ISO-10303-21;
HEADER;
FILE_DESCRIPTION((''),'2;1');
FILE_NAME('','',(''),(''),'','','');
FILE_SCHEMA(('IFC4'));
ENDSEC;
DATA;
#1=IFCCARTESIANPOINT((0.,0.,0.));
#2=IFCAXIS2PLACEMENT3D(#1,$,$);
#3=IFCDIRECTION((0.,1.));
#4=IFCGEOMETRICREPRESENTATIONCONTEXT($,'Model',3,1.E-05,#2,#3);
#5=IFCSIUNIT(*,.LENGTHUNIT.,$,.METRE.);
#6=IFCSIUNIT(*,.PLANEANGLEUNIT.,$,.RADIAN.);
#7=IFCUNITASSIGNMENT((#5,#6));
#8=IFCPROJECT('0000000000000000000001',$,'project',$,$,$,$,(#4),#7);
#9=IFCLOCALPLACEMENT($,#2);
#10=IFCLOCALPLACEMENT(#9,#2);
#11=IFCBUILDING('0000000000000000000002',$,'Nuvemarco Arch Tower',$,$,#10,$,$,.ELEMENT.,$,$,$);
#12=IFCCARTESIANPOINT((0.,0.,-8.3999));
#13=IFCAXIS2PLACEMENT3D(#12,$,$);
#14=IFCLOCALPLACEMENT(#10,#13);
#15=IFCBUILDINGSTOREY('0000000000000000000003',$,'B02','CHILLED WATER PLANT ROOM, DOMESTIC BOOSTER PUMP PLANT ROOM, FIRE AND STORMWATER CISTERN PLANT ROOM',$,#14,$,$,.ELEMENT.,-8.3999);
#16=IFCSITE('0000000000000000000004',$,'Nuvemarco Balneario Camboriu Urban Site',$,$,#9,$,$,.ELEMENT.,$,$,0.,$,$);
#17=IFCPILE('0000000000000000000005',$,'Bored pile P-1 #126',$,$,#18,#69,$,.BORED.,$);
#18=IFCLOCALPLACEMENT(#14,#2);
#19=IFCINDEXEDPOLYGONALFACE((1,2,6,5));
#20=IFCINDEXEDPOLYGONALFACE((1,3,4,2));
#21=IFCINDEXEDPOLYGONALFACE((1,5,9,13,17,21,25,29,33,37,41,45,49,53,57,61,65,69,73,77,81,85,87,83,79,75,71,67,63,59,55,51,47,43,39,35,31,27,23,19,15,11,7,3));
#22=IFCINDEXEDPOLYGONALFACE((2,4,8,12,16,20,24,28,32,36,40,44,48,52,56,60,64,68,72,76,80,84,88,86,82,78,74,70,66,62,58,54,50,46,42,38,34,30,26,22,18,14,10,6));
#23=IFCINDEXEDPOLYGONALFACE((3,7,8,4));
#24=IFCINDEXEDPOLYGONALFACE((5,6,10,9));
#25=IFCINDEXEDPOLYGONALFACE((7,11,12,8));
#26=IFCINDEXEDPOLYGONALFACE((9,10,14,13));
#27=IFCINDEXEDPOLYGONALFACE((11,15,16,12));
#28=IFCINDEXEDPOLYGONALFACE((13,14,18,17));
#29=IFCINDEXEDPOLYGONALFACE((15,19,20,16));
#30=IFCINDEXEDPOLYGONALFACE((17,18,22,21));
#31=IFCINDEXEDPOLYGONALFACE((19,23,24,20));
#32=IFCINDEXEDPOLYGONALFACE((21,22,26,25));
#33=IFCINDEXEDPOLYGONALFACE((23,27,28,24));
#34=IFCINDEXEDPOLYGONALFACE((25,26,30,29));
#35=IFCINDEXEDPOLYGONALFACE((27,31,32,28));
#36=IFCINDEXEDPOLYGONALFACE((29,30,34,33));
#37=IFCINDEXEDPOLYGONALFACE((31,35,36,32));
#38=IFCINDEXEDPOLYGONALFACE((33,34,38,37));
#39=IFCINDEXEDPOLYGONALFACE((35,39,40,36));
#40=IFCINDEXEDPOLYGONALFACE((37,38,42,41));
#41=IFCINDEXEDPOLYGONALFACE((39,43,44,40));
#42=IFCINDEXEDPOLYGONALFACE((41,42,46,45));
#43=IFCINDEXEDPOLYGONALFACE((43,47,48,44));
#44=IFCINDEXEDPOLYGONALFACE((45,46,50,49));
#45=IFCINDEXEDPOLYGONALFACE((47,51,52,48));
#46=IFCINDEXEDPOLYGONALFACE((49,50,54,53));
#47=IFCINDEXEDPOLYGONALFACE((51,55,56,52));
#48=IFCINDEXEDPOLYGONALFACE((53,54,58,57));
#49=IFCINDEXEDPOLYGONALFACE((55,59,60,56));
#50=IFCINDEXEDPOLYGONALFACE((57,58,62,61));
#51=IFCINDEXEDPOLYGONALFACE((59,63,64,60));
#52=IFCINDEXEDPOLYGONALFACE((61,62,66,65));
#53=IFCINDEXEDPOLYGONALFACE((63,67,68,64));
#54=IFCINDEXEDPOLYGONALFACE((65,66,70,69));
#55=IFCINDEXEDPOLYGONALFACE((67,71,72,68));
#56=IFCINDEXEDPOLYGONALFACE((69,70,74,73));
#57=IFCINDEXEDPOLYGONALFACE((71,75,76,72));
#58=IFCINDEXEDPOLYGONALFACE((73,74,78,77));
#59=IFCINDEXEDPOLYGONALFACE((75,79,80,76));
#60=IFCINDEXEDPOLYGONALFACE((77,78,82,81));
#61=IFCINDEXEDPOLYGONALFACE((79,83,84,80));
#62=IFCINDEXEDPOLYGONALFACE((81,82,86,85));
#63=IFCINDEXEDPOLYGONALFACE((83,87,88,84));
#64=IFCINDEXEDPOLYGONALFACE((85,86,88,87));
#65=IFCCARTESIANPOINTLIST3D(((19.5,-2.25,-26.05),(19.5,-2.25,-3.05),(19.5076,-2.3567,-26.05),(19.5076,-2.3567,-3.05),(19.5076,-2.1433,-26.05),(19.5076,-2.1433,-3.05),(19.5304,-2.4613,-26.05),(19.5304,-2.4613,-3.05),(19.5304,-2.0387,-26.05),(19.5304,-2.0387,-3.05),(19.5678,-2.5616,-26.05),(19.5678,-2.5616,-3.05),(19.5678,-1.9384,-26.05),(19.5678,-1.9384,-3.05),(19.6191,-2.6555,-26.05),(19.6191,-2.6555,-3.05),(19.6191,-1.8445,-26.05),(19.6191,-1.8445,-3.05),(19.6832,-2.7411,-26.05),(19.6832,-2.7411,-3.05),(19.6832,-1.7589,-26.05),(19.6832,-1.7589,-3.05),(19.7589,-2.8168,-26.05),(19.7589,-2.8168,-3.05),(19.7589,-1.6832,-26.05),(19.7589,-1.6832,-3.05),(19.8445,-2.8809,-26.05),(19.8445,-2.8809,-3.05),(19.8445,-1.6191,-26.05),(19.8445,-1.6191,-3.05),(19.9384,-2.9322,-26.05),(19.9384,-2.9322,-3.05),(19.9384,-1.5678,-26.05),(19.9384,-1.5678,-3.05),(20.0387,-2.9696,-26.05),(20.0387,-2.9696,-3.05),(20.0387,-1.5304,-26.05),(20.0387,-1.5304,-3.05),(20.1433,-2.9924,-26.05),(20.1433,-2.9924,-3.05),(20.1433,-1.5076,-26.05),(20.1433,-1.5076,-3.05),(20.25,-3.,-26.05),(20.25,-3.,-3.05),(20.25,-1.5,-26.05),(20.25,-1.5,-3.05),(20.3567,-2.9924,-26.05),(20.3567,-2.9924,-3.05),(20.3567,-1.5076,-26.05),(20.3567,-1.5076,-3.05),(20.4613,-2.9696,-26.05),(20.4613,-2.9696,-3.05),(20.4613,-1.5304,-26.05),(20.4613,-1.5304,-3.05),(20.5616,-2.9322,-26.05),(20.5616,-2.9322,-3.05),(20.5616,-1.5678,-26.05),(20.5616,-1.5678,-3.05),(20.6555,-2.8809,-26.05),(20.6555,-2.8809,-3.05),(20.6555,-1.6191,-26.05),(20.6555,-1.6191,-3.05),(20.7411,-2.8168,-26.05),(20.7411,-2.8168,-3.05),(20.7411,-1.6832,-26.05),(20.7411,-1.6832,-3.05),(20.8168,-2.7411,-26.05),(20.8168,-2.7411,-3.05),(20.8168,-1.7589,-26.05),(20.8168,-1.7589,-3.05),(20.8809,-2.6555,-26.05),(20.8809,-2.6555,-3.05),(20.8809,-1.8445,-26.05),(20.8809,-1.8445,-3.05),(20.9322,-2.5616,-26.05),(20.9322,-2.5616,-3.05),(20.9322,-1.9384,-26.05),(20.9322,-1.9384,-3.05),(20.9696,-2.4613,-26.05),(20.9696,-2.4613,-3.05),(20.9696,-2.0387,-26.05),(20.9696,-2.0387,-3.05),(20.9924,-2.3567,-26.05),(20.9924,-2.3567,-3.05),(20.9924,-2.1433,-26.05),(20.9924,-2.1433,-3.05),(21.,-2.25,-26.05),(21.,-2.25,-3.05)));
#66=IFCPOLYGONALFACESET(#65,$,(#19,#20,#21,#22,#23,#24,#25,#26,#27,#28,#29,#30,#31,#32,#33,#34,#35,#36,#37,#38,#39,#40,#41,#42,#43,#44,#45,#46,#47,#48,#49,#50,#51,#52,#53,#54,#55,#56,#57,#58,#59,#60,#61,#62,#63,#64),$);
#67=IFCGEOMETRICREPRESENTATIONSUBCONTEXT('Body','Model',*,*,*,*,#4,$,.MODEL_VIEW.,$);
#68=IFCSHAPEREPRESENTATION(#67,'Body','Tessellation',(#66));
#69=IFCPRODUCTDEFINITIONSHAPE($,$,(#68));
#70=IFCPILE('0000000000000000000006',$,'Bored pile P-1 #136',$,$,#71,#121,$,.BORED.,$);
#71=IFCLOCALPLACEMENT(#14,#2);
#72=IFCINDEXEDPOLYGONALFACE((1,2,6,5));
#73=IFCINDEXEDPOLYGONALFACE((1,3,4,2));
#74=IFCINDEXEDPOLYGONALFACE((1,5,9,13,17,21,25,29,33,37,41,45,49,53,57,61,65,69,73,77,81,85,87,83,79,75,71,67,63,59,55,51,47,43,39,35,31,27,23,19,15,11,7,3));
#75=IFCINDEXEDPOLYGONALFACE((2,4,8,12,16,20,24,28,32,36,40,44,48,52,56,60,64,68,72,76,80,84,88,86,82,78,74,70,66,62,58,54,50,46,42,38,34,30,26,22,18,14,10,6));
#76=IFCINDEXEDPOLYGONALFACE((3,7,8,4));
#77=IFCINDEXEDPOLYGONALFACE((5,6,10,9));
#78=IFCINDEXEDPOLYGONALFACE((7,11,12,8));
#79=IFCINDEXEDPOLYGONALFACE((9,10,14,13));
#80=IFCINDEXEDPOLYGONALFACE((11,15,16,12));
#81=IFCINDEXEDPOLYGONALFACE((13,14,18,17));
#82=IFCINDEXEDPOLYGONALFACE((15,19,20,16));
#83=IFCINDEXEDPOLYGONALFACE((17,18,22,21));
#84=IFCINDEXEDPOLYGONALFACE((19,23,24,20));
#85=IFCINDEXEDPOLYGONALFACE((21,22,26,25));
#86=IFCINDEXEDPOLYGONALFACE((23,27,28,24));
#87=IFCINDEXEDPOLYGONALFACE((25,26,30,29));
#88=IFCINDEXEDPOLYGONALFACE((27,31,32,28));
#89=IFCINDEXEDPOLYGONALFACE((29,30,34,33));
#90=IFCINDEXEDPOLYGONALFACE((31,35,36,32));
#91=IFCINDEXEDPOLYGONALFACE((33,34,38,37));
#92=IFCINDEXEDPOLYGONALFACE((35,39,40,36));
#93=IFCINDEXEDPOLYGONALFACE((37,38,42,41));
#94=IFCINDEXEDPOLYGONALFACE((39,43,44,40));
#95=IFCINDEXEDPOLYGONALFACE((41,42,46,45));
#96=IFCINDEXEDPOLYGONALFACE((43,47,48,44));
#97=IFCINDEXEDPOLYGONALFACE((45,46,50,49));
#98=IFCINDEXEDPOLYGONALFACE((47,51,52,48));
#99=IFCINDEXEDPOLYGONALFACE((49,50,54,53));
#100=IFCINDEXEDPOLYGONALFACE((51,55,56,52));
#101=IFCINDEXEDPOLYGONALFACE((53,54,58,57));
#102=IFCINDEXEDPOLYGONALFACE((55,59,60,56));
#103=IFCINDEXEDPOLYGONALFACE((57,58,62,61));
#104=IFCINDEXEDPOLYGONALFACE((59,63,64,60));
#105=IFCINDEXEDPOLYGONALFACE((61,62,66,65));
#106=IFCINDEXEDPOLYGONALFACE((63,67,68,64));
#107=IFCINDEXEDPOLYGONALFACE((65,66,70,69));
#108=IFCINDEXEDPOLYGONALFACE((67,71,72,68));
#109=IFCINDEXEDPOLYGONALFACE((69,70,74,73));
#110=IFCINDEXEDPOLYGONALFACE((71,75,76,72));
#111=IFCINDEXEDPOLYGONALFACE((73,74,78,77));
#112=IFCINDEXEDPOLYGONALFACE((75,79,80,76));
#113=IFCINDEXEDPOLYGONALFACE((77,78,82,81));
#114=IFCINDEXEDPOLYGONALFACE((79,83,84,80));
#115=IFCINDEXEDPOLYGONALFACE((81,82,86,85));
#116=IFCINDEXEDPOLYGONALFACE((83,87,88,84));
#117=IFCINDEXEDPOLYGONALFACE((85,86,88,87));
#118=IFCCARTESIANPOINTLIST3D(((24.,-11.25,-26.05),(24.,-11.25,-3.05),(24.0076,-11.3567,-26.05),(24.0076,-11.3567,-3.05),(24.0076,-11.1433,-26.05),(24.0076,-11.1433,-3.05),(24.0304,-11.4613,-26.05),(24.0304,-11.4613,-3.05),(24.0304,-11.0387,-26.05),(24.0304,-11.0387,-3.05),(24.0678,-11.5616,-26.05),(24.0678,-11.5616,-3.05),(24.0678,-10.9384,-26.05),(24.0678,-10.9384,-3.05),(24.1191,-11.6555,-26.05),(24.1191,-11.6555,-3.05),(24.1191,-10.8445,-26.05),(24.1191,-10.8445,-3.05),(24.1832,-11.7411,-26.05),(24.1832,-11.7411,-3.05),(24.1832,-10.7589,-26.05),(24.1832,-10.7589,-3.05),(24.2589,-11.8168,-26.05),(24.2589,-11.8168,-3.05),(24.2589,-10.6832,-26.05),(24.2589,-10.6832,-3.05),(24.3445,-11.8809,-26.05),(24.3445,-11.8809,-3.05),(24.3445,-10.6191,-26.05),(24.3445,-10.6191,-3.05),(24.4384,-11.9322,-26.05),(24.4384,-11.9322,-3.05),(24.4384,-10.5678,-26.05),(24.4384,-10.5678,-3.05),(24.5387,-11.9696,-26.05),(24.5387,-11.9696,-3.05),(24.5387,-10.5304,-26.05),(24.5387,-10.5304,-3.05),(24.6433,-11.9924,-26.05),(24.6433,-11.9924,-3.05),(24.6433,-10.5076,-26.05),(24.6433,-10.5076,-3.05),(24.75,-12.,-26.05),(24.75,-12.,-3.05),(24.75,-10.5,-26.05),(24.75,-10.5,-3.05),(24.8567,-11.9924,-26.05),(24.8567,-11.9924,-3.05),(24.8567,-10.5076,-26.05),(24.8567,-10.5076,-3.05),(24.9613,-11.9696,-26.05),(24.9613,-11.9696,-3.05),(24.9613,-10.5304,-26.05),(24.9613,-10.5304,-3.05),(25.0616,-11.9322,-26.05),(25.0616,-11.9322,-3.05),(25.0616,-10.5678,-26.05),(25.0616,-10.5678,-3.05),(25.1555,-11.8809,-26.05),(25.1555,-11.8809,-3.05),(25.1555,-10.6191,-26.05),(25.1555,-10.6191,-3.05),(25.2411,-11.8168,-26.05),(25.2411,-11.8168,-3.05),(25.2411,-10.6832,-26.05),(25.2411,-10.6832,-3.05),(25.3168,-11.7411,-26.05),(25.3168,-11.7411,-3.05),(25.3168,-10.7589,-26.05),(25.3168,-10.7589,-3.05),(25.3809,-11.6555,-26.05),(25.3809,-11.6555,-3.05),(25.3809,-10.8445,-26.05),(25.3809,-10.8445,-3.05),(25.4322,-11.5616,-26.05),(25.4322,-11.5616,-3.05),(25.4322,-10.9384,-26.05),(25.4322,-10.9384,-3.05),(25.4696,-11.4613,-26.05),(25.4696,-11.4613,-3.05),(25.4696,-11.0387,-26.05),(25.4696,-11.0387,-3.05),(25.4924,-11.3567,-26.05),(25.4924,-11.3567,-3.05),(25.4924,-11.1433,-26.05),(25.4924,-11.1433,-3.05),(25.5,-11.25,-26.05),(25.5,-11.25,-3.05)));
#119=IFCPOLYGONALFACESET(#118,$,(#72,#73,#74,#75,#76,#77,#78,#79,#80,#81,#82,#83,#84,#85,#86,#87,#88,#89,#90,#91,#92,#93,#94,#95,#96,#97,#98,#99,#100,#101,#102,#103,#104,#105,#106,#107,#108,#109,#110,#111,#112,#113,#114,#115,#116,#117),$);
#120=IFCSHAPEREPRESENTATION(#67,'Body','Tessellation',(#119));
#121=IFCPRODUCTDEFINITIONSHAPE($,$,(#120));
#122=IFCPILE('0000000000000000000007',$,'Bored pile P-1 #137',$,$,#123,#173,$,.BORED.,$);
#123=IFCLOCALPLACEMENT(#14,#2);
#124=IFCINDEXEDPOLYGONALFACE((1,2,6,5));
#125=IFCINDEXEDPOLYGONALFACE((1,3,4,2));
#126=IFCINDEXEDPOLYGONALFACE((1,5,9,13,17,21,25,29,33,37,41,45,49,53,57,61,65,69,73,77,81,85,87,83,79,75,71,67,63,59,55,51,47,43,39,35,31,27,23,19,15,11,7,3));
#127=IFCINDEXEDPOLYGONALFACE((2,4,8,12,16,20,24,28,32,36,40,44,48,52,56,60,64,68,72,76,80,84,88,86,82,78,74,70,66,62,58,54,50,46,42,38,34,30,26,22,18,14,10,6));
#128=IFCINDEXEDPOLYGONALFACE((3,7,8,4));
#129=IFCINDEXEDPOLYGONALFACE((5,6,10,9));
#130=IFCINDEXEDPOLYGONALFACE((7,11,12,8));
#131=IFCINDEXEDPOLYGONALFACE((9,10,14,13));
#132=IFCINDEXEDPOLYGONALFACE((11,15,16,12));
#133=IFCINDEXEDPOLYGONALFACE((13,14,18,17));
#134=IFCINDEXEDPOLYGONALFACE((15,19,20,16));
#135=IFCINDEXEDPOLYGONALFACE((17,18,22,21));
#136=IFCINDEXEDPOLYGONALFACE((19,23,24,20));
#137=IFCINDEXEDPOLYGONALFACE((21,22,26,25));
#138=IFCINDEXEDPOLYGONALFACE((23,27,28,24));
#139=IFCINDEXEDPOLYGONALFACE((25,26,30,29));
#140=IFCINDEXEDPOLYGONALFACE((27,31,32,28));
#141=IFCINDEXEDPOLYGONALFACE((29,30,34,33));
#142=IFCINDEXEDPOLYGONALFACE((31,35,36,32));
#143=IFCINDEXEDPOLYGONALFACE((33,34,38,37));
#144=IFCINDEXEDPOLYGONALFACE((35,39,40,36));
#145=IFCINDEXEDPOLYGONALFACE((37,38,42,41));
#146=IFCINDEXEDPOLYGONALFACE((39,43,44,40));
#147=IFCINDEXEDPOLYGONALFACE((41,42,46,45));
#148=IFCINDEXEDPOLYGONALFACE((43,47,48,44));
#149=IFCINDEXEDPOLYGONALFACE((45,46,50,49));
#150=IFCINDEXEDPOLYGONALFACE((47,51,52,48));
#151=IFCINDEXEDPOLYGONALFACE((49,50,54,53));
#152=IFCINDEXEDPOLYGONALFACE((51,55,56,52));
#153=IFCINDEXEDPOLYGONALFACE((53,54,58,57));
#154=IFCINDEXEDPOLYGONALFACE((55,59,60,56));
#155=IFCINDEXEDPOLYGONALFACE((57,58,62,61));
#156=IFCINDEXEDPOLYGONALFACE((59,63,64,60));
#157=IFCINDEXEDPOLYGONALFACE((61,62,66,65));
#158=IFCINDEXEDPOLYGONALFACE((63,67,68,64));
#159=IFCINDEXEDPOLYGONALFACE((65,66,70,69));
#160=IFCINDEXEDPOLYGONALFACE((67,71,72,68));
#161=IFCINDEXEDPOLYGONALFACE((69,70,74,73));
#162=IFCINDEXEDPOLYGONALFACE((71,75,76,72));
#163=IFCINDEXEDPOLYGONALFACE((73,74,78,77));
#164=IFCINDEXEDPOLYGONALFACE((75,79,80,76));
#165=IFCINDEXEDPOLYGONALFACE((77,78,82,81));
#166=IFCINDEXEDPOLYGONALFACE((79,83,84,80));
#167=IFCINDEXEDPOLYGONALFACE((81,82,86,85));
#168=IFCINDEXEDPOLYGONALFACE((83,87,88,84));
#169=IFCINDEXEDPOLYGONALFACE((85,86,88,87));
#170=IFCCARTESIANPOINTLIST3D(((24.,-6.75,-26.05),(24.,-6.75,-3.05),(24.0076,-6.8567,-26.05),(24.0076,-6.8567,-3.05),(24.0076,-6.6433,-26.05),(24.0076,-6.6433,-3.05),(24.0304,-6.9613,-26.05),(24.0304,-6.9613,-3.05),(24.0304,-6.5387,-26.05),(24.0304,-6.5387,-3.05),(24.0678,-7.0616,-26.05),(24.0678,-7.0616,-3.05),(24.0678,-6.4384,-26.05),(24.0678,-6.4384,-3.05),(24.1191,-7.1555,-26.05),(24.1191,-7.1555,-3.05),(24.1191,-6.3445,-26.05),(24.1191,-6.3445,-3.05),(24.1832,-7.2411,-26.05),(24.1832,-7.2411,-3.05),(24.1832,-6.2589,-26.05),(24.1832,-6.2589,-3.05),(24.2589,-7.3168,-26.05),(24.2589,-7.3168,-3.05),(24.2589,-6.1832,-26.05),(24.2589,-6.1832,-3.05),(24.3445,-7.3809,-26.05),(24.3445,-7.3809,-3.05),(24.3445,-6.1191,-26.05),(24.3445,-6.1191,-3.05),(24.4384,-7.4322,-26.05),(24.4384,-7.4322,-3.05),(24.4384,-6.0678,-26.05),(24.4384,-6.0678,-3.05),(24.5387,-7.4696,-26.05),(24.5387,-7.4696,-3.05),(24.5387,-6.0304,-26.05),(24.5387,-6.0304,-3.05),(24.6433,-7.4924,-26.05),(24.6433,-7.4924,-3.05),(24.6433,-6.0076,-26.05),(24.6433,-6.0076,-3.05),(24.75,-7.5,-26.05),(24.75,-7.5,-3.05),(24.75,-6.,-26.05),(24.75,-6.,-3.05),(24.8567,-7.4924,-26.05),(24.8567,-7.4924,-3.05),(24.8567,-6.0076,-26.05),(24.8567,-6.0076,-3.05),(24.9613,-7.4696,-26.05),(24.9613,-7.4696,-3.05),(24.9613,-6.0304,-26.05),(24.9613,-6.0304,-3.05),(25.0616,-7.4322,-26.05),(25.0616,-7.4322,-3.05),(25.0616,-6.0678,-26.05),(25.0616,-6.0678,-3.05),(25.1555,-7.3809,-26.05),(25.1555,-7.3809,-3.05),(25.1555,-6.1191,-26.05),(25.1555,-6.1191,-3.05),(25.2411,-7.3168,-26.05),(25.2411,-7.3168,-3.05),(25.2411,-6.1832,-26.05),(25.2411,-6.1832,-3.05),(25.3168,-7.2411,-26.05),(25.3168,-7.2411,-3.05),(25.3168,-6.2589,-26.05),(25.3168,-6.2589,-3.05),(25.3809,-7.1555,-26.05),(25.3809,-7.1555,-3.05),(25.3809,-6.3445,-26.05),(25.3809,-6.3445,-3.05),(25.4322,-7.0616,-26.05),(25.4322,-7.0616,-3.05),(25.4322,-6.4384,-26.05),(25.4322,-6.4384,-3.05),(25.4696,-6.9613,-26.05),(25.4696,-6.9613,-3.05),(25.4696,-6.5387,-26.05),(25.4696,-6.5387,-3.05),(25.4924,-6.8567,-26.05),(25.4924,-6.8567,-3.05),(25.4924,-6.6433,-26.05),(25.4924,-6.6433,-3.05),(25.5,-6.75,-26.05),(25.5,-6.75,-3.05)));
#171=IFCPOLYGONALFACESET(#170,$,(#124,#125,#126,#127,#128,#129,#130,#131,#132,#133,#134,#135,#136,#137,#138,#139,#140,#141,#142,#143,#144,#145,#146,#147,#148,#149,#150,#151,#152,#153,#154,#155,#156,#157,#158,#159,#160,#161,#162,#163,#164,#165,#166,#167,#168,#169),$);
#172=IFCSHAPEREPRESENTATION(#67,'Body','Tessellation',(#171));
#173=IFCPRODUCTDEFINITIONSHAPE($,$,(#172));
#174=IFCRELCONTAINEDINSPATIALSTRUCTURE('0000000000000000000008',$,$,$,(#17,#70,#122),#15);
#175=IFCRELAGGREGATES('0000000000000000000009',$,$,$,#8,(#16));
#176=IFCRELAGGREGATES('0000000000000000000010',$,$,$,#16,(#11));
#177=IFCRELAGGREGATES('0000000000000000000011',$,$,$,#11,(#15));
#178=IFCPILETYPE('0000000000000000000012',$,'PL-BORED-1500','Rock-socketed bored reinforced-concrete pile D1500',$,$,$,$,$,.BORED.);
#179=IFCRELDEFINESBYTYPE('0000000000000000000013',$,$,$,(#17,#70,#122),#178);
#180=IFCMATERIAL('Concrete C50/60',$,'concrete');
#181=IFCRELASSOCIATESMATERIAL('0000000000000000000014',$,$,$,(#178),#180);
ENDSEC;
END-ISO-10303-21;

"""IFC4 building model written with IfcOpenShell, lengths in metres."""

from ifc_helpers import new_model, si_unit, direction, frame, origin, origin_2d, place, context, subcontext, project, spatial, circle, extrude, material, material_profile, profile_set, type_object, element, save


model = new_model("IFC4")

# Units and contexts
model_context = context("Model", 3, precision=1e-05, world=origin(), true_north=direction((0.0, 1.0)))
body_context = subcontext(model_context, "Body", "Model", "MODEL_VIEW")
ifc_project = project(units=[si_unit("LENGTHUNIT", "METRE"), si_unit("PLANEANGLEUNIT", "RADIAN")], contexts=[model_context])

# Site, building, storey
site_placement = place(None, origin())
site = spatial("IfcSite", under=ifc_project, at=site_placement, Name="Nuvemarco Balneario Camboriu Urban Site", CompositionType="ELEMENT", RefElevation=0.0)
building_placement = place(site_placement, origin())
building = spatial("IfcBuilding", under=site, at=building_placement, Name="Nuvemarco Arch Tower", CompositionType="ELEMENT")
storey_placement = place(building_placement, frame((0.0, 0.0, -8.3999)))
storey = spatial("IfcBuildingStorey", under=building, at=storey_placement, Name="B02", Description="CHILLED WATER PLANT ROOM, DOMESTIC BOOSTER PUMP PLANT ROOM, FIRE AND STORMWATER CISTERN PLANT ROOM", CompositionType="ELEMENT", Elevation=-8.3999)

# Piles
ifc_material_1 = material(Name="Concrete C50/60", Category="concrete")
ifc_material_profile_1 = material_profile(ifc_material_1, circle(Radius=0.75, at=origin_2d()), Name="PILE-D1500")
ifc_profile_set_1 = profile_set([ifc_material_profile_1], Name="Concrete C50/60")
pile_type = type_object("IfcPileType", Name="PL-BORED-1500", Description="Rock-socketed bored reinforced-concrete pile D1500", PredefinedType="BORED", material=ifc_profile_set_1)
for number, where, z_axis, x_axis, name in (
    (1, (20.25, -2.25, -3.05), (0.0, 0.0, -1.0), (1.0, 0.0, 0.0), "Bored pile P-1 #126"),
    (2, (24.75, -11.25, -3.05), (0.0, 0.0, -1.0), (1.0, 0.0, 0.0), "Bored pile P-1 #136"),
    (3, (24.75, -6.75, -3.05), (0.0, 0.0, -1.0), (1.0, 0.0, 0.0), "Bored pile P-1 #137"),
):
    element("IfcPile", number, at=place(storey_placement, frame(where, z_axis=z_axis, x_axis=x_axis)), inside=storey, type_object=pile_type, Name=name, PredefinedType="BORED", context=body_context, shape_type="SweptSolid", body=[
        extrude(circle(Radius=0.75, at=origin_2d()), origin(), (0.0, 0.0, 1.0), 23.0),
    ])

save(model, "model.ifc")
